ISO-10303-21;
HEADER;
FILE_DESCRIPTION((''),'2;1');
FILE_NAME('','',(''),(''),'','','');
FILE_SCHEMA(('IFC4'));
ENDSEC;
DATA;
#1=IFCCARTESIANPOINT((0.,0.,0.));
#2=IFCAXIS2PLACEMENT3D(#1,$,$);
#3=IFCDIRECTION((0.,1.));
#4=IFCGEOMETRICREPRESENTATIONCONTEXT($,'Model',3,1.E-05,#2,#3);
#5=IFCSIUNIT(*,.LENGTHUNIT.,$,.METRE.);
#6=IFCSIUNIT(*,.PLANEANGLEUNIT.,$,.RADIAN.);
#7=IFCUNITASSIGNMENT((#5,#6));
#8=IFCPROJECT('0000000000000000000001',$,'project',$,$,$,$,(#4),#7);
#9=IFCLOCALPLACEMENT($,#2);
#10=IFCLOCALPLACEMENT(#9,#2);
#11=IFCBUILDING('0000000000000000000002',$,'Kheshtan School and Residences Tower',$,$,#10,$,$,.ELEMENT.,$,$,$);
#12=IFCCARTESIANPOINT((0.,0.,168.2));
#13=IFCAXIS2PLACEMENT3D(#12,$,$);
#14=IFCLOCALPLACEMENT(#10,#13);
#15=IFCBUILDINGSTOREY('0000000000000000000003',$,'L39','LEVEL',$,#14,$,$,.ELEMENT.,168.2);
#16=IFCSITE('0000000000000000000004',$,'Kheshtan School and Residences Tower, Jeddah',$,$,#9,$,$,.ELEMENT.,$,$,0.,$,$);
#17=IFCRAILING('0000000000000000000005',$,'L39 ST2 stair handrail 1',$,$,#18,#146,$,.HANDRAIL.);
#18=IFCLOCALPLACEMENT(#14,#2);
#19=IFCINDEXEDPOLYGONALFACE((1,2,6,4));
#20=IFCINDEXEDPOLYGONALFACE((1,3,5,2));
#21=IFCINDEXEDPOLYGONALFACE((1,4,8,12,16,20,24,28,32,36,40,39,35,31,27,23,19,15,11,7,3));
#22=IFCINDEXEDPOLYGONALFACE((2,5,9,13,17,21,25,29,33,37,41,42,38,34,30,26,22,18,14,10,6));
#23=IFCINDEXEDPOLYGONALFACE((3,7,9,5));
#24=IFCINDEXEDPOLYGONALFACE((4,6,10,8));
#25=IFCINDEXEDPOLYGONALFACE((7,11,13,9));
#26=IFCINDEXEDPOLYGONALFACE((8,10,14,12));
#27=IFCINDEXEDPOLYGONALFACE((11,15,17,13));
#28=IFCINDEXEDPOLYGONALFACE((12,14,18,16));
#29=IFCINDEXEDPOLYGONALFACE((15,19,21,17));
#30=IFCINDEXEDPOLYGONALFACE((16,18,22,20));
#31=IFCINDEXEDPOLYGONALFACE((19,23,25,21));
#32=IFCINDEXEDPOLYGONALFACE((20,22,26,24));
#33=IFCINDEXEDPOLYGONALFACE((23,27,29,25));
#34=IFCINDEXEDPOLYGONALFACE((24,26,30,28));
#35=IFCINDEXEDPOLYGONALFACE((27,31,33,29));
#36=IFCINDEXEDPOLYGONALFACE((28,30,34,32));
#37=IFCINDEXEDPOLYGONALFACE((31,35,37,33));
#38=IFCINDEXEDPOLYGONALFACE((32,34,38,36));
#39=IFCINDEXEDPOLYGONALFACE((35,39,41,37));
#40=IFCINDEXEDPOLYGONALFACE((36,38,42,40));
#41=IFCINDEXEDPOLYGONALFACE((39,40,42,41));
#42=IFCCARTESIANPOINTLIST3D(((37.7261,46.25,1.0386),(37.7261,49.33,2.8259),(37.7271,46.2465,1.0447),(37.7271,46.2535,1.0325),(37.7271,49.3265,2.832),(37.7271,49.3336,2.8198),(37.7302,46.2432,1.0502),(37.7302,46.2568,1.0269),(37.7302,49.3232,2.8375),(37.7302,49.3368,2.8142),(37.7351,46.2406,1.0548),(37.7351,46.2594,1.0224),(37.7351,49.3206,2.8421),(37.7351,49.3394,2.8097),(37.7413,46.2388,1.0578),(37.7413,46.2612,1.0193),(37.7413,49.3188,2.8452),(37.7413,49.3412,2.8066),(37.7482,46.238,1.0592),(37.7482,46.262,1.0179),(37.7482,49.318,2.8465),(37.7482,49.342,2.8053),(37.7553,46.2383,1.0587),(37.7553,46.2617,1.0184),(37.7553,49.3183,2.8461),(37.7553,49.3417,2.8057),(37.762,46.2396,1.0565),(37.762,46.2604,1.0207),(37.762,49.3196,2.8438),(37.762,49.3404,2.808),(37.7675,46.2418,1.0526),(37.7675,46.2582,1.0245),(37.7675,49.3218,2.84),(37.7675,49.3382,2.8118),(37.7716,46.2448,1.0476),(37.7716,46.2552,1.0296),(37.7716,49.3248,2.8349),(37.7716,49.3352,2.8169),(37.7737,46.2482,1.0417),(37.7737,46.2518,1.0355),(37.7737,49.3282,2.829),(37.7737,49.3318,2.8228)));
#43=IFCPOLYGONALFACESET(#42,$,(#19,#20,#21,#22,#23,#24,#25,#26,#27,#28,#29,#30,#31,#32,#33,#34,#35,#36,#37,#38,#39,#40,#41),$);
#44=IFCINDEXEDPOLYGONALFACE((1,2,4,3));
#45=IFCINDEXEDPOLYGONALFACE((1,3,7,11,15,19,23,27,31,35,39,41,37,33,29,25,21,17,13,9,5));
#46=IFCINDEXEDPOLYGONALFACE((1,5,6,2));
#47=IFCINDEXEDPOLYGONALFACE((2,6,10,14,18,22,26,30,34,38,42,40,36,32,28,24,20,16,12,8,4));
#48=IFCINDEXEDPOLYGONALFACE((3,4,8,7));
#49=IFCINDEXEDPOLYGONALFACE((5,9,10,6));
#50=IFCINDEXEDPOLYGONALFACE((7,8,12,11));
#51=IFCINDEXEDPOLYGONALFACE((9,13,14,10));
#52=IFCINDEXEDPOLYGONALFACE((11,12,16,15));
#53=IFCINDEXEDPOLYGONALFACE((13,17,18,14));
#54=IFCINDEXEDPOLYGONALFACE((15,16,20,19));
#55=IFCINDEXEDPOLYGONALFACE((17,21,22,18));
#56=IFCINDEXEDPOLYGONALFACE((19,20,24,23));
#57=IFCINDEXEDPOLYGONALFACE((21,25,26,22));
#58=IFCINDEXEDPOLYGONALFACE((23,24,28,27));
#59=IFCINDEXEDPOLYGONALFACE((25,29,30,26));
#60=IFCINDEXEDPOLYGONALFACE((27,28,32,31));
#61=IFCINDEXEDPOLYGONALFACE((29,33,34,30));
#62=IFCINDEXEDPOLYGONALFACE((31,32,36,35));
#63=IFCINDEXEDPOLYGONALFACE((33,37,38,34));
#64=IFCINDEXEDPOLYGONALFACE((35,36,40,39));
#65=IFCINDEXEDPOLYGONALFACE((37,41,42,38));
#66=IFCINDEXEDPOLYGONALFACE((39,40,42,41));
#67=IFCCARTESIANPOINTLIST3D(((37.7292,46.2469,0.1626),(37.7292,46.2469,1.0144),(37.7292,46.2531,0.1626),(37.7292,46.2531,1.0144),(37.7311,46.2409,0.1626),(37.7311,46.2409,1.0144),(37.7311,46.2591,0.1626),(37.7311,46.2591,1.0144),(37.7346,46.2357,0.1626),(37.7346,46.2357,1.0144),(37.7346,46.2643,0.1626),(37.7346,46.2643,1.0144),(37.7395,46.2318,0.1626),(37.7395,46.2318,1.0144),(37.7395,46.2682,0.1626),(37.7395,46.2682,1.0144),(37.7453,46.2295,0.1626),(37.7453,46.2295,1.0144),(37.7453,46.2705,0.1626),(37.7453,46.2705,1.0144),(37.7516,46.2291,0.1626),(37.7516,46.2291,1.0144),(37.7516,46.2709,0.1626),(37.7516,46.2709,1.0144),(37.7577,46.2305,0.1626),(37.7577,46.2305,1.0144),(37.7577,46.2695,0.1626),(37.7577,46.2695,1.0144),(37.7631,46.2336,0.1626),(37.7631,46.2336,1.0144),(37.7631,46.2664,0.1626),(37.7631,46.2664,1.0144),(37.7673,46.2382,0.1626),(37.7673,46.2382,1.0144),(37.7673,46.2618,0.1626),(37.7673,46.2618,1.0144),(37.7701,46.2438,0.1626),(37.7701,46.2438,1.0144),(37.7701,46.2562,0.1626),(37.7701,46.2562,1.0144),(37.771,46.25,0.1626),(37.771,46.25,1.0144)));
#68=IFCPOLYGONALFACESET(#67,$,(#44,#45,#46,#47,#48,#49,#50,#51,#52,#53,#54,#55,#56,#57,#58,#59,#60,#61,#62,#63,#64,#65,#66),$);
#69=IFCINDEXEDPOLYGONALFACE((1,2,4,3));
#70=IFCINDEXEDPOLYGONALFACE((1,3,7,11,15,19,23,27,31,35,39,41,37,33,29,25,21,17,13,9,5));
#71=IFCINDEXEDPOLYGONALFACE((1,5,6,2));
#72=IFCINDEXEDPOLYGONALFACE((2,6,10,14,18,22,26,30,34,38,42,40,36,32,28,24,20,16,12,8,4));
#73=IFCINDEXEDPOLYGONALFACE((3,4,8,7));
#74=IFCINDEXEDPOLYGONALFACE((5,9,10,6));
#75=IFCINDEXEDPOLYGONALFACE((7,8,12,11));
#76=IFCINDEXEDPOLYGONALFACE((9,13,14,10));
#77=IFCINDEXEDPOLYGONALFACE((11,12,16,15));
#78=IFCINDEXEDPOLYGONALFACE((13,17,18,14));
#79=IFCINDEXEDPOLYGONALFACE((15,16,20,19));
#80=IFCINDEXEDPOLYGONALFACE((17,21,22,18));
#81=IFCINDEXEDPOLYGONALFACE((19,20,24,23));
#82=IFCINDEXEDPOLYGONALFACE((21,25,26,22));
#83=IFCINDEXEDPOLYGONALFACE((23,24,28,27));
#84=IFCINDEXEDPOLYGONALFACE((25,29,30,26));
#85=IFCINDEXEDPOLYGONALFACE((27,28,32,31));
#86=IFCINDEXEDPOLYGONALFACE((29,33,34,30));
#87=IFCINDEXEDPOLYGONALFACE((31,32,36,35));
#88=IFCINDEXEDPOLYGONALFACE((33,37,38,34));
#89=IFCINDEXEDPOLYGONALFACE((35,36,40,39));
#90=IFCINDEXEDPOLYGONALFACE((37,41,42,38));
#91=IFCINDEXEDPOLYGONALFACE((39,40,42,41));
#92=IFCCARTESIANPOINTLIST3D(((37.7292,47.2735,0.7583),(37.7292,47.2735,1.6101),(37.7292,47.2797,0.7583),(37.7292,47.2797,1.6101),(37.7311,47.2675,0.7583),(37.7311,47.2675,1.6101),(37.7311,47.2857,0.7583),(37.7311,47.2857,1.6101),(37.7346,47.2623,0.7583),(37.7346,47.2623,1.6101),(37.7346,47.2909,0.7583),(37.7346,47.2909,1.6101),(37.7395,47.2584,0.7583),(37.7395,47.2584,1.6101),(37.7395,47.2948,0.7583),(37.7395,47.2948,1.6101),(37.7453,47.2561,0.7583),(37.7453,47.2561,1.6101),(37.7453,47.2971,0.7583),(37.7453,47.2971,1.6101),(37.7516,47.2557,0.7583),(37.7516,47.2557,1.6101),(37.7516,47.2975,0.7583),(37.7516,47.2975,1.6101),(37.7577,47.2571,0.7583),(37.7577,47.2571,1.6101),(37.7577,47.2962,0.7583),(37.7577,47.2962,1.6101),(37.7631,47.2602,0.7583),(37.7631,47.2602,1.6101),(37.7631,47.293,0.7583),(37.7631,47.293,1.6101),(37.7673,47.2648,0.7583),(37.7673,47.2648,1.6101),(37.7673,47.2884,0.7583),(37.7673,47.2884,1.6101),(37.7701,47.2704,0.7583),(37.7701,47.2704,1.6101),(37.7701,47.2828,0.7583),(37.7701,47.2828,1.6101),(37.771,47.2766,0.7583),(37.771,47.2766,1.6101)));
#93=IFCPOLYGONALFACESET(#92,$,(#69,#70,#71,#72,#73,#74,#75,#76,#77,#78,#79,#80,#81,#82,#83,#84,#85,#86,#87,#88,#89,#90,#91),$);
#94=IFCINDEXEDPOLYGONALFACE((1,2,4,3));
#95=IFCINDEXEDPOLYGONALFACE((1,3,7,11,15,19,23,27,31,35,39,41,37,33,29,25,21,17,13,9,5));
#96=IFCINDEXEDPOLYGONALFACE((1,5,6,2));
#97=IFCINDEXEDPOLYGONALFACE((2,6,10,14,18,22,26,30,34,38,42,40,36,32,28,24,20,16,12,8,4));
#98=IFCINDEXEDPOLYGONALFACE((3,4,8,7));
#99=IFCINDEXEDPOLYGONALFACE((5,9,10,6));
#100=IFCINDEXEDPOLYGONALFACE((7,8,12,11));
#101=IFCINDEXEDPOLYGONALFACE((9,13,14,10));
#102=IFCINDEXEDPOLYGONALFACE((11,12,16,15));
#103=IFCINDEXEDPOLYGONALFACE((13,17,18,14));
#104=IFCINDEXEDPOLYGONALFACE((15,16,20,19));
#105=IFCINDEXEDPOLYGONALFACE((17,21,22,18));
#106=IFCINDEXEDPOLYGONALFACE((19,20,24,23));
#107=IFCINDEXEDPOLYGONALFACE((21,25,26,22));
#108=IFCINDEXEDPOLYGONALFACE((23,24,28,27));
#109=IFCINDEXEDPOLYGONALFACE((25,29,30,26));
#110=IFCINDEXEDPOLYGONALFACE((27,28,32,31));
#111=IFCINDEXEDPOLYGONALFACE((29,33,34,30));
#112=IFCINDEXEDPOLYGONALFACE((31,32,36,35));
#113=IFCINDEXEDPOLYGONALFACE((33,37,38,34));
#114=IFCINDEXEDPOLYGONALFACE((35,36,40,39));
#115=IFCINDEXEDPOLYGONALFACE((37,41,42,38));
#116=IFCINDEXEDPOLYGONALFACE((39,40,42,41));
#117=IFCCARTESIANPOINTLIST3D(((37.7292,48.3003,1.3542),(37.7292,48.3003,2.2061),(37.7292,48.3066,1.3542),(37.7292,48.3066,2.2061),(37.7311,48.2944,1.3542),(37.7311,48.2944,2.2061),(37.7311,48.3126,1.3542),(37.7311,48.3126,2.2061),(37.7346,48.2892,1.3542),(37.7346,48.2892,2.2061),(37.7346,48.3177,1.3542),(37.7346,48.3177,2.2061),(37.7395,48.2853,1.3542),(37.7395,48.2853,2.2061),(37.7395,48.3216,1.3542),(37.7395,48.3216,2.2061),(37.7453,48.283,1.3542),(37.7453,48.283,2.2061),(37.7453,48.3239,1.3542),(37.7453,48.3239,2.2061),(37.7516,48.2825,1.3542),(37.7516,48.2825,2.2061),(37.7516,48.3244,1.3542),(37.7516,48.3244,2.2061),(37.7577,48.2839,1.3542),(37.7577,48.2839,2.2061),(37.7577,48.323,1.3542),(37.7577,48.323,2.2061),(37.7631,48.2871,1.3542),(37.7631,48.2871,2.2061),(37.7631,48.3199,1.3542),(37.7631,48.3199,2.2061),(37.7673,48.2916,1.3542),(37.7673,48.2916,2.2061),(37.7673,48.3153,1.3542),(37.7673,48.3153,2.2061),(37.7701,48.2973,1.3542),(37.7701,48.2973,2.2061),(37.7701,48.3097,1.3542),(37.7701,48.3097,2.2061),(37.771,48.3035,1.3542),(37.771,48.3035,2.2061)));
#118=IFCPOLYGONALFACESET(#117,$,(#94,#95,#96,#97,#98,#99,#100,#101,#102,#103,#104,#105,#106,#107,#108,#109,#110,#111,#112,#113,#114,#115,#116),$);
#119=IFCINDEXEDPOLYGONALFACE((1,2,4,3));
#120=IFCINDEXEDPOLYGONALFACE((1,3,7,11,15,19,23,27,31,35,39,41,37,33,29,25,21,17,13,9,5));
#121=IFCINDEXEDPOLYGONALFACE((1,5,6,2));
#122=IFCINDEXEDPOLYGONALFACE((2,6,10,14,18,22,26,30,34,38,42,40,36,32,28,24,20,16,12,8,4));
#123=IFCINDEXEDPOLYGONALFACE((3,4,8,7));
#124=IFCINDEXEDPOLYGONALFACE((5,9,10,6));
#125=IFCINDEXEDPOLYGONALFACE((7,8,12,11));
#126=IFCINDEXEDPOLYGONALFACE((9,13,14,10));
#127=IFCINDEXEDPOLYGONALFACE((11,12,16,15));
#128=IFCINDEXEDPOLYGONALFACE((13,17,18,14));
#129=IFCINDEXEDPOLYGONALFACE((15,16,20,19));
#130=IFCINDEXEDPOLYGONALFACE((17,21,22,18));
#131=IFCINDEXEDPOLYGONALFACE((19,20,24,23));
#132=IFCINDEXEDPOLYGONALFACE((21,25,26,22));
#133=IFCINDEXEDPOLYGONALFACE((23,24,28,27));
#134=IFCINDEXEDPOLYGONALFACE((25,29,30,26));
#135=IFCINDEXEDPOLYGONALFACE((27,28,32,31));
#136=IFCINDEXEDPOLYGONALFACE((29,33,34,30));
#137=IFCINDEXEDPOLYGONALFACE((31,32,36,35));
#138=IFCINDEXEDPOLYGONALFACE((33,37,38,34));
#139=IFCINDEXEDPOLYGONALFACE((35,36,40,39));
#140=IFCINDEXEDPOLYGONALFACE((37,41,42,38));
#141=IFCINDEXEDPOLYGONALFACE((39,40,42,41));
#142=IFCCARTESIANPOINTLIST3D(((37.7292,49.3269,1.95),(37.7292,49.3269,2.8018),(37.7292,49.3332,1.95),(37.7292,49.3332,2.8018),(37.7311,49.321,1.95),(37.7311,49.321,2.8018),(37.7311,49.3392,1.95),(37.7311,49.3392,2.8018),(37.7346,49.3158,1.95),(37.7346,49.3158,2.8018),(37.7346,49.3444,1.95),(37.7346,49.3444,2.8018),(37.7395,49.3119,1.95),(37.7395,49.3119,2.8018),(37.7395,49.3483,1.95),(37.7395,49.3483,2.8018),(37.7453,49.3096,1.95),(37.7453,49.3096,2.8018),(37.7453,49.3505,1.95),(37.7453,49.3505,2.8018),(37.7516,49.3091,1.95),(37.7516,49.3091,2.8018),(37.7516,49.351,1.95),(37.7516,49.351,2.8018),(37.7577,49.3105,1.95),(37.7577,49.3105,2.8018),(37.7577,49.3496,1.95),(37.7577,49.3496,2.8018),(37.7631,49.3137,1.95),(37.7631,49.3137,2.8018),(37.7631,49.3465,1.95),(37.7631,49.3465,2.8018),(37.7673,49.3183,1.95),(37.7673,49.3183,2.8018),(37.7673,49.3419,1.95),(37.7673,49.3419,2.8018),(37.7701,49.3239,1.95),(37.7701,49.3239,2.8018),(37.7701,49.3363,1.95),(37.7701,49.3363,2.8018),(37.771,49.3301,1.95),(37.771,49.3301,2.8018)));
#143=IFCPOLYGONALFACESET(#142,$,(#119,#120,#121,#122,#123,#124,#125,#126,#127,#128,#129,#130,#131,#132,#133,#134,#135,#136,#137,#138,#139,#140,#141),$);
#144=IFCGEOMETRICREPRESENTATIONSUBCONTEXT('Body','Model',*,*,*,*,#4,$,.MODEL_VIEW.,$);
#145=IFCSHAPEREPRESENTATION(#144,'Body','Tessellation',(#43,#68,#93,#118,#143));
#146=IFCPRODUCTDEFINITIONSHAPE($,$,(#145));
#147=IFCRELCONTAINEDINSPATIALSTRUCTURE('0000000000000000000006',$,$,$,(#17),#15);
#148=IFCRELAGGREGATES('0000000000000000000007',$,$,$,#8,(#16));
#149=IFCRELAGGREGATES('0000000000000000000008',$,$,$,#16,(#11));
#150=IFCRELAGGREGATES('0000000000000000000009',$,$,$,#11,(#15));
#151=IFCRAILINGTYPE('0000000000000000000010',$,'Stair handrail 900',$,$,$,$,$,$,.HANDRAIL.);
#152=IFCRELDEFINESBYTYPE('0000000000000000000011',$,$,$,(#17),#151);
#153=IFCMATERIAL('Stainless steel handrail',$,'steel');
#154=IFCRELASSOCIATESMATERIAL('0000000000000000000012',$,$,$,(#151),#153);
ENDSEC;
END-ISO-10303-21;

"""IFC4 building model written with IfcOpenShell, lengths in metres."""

from ifc_helpers import new_model, si_unit, direction, frame, origin, origin_2d, place, context, subcontext, project, spatial, circle, extrude, material, type_object, element, save


model = new_model("IFC4")

# Units and contexts
model_context = context("Model", 3, precision=1e-05, world=origin(), true_north=direction((0.0, 1.0)))
body_context = subcontext(model_context, "Body", "Model", "MODEL_VIEW")
ifc_project = project(units=[si_unit("LENGTHUNIT", "METRE"), si_unit("PLANEANGLEUNIT", "RADIAN")], contexts=[model_context])

# Site, building, storey
site_placement = place(None, origin())
site = spatial("IfcSite", under=ifc_project, at=site_placement, Name="Kheshtan School and Residences Tower, Jeddah", CompositionType="ELEMENT", RefElevation=0.0)
building_placement = place(site_placement, origin())
building = spatial("IfcBuilding", under=site, at=building_placement, Name="Kheshtan School and Residences Tower", CompositionType="ELEMENT")
storey_placement = place(building_placement, frame((0.0, 0.0, 168.2)))
storey = spatial("IfcBuildingStorey", under=building, at=storey_placement, Name="L39", Description="LEVEL", CompositionType="ELEMENT", Elevation=168.2)

# Railing
ifc_material_1 = material(Name="Stainless steel handrail", Category="steel")
railing_type_1 = type_object("IfcRailingType", Name="Stair handrail 900", PredefinedType="HANDRAIL", material=ifc_material_1)
railing_1_placement = place(storey_placement, frame((37.75, 46.25, 0.1626)))
element("IfcRailing", 1, at=railing_1_placement, inside=storey, type_object=railing_type_1, Name="L39 ST2 stair handrail 1", PredefinedType="HANDRAIL", context=body_context, shape_type="SweptSolid", body=[
    extrude(circle(Radius=0.0239, at=origin_2d()), frame((0.0, 0.0, 0.876), z_axis=(0.0, 0.86492, 0.501909), x_axis=(-1.0, 0.0, 0.0)), (0.0, 0.0, 1.0), 3.561),
    extrude(circle(Radius=0.021, at=origin_2d()), origin(), (0.0, 0.0, 1.0), 0.8518),
    extrude(circle(Radius=0.021, at=origin_2d()), frame((0.0, 1.0266, 0.5957)), (0.0, 0.0, 1.0), 0.8518),
    extrude(circle(Radius=0.021, at=origin_2d()), frame((0.0, 2.0535, 1.1917)), (0.0, 0.0, 1.0), 0.8518),
    extrude(circle(Radius=0.021, at=origin_2d()), frame((0.0, 3.0801, 1.7874)), (0.0, 0.0, 1.0), 0.8518),
])

save(model, "model.ifc")
